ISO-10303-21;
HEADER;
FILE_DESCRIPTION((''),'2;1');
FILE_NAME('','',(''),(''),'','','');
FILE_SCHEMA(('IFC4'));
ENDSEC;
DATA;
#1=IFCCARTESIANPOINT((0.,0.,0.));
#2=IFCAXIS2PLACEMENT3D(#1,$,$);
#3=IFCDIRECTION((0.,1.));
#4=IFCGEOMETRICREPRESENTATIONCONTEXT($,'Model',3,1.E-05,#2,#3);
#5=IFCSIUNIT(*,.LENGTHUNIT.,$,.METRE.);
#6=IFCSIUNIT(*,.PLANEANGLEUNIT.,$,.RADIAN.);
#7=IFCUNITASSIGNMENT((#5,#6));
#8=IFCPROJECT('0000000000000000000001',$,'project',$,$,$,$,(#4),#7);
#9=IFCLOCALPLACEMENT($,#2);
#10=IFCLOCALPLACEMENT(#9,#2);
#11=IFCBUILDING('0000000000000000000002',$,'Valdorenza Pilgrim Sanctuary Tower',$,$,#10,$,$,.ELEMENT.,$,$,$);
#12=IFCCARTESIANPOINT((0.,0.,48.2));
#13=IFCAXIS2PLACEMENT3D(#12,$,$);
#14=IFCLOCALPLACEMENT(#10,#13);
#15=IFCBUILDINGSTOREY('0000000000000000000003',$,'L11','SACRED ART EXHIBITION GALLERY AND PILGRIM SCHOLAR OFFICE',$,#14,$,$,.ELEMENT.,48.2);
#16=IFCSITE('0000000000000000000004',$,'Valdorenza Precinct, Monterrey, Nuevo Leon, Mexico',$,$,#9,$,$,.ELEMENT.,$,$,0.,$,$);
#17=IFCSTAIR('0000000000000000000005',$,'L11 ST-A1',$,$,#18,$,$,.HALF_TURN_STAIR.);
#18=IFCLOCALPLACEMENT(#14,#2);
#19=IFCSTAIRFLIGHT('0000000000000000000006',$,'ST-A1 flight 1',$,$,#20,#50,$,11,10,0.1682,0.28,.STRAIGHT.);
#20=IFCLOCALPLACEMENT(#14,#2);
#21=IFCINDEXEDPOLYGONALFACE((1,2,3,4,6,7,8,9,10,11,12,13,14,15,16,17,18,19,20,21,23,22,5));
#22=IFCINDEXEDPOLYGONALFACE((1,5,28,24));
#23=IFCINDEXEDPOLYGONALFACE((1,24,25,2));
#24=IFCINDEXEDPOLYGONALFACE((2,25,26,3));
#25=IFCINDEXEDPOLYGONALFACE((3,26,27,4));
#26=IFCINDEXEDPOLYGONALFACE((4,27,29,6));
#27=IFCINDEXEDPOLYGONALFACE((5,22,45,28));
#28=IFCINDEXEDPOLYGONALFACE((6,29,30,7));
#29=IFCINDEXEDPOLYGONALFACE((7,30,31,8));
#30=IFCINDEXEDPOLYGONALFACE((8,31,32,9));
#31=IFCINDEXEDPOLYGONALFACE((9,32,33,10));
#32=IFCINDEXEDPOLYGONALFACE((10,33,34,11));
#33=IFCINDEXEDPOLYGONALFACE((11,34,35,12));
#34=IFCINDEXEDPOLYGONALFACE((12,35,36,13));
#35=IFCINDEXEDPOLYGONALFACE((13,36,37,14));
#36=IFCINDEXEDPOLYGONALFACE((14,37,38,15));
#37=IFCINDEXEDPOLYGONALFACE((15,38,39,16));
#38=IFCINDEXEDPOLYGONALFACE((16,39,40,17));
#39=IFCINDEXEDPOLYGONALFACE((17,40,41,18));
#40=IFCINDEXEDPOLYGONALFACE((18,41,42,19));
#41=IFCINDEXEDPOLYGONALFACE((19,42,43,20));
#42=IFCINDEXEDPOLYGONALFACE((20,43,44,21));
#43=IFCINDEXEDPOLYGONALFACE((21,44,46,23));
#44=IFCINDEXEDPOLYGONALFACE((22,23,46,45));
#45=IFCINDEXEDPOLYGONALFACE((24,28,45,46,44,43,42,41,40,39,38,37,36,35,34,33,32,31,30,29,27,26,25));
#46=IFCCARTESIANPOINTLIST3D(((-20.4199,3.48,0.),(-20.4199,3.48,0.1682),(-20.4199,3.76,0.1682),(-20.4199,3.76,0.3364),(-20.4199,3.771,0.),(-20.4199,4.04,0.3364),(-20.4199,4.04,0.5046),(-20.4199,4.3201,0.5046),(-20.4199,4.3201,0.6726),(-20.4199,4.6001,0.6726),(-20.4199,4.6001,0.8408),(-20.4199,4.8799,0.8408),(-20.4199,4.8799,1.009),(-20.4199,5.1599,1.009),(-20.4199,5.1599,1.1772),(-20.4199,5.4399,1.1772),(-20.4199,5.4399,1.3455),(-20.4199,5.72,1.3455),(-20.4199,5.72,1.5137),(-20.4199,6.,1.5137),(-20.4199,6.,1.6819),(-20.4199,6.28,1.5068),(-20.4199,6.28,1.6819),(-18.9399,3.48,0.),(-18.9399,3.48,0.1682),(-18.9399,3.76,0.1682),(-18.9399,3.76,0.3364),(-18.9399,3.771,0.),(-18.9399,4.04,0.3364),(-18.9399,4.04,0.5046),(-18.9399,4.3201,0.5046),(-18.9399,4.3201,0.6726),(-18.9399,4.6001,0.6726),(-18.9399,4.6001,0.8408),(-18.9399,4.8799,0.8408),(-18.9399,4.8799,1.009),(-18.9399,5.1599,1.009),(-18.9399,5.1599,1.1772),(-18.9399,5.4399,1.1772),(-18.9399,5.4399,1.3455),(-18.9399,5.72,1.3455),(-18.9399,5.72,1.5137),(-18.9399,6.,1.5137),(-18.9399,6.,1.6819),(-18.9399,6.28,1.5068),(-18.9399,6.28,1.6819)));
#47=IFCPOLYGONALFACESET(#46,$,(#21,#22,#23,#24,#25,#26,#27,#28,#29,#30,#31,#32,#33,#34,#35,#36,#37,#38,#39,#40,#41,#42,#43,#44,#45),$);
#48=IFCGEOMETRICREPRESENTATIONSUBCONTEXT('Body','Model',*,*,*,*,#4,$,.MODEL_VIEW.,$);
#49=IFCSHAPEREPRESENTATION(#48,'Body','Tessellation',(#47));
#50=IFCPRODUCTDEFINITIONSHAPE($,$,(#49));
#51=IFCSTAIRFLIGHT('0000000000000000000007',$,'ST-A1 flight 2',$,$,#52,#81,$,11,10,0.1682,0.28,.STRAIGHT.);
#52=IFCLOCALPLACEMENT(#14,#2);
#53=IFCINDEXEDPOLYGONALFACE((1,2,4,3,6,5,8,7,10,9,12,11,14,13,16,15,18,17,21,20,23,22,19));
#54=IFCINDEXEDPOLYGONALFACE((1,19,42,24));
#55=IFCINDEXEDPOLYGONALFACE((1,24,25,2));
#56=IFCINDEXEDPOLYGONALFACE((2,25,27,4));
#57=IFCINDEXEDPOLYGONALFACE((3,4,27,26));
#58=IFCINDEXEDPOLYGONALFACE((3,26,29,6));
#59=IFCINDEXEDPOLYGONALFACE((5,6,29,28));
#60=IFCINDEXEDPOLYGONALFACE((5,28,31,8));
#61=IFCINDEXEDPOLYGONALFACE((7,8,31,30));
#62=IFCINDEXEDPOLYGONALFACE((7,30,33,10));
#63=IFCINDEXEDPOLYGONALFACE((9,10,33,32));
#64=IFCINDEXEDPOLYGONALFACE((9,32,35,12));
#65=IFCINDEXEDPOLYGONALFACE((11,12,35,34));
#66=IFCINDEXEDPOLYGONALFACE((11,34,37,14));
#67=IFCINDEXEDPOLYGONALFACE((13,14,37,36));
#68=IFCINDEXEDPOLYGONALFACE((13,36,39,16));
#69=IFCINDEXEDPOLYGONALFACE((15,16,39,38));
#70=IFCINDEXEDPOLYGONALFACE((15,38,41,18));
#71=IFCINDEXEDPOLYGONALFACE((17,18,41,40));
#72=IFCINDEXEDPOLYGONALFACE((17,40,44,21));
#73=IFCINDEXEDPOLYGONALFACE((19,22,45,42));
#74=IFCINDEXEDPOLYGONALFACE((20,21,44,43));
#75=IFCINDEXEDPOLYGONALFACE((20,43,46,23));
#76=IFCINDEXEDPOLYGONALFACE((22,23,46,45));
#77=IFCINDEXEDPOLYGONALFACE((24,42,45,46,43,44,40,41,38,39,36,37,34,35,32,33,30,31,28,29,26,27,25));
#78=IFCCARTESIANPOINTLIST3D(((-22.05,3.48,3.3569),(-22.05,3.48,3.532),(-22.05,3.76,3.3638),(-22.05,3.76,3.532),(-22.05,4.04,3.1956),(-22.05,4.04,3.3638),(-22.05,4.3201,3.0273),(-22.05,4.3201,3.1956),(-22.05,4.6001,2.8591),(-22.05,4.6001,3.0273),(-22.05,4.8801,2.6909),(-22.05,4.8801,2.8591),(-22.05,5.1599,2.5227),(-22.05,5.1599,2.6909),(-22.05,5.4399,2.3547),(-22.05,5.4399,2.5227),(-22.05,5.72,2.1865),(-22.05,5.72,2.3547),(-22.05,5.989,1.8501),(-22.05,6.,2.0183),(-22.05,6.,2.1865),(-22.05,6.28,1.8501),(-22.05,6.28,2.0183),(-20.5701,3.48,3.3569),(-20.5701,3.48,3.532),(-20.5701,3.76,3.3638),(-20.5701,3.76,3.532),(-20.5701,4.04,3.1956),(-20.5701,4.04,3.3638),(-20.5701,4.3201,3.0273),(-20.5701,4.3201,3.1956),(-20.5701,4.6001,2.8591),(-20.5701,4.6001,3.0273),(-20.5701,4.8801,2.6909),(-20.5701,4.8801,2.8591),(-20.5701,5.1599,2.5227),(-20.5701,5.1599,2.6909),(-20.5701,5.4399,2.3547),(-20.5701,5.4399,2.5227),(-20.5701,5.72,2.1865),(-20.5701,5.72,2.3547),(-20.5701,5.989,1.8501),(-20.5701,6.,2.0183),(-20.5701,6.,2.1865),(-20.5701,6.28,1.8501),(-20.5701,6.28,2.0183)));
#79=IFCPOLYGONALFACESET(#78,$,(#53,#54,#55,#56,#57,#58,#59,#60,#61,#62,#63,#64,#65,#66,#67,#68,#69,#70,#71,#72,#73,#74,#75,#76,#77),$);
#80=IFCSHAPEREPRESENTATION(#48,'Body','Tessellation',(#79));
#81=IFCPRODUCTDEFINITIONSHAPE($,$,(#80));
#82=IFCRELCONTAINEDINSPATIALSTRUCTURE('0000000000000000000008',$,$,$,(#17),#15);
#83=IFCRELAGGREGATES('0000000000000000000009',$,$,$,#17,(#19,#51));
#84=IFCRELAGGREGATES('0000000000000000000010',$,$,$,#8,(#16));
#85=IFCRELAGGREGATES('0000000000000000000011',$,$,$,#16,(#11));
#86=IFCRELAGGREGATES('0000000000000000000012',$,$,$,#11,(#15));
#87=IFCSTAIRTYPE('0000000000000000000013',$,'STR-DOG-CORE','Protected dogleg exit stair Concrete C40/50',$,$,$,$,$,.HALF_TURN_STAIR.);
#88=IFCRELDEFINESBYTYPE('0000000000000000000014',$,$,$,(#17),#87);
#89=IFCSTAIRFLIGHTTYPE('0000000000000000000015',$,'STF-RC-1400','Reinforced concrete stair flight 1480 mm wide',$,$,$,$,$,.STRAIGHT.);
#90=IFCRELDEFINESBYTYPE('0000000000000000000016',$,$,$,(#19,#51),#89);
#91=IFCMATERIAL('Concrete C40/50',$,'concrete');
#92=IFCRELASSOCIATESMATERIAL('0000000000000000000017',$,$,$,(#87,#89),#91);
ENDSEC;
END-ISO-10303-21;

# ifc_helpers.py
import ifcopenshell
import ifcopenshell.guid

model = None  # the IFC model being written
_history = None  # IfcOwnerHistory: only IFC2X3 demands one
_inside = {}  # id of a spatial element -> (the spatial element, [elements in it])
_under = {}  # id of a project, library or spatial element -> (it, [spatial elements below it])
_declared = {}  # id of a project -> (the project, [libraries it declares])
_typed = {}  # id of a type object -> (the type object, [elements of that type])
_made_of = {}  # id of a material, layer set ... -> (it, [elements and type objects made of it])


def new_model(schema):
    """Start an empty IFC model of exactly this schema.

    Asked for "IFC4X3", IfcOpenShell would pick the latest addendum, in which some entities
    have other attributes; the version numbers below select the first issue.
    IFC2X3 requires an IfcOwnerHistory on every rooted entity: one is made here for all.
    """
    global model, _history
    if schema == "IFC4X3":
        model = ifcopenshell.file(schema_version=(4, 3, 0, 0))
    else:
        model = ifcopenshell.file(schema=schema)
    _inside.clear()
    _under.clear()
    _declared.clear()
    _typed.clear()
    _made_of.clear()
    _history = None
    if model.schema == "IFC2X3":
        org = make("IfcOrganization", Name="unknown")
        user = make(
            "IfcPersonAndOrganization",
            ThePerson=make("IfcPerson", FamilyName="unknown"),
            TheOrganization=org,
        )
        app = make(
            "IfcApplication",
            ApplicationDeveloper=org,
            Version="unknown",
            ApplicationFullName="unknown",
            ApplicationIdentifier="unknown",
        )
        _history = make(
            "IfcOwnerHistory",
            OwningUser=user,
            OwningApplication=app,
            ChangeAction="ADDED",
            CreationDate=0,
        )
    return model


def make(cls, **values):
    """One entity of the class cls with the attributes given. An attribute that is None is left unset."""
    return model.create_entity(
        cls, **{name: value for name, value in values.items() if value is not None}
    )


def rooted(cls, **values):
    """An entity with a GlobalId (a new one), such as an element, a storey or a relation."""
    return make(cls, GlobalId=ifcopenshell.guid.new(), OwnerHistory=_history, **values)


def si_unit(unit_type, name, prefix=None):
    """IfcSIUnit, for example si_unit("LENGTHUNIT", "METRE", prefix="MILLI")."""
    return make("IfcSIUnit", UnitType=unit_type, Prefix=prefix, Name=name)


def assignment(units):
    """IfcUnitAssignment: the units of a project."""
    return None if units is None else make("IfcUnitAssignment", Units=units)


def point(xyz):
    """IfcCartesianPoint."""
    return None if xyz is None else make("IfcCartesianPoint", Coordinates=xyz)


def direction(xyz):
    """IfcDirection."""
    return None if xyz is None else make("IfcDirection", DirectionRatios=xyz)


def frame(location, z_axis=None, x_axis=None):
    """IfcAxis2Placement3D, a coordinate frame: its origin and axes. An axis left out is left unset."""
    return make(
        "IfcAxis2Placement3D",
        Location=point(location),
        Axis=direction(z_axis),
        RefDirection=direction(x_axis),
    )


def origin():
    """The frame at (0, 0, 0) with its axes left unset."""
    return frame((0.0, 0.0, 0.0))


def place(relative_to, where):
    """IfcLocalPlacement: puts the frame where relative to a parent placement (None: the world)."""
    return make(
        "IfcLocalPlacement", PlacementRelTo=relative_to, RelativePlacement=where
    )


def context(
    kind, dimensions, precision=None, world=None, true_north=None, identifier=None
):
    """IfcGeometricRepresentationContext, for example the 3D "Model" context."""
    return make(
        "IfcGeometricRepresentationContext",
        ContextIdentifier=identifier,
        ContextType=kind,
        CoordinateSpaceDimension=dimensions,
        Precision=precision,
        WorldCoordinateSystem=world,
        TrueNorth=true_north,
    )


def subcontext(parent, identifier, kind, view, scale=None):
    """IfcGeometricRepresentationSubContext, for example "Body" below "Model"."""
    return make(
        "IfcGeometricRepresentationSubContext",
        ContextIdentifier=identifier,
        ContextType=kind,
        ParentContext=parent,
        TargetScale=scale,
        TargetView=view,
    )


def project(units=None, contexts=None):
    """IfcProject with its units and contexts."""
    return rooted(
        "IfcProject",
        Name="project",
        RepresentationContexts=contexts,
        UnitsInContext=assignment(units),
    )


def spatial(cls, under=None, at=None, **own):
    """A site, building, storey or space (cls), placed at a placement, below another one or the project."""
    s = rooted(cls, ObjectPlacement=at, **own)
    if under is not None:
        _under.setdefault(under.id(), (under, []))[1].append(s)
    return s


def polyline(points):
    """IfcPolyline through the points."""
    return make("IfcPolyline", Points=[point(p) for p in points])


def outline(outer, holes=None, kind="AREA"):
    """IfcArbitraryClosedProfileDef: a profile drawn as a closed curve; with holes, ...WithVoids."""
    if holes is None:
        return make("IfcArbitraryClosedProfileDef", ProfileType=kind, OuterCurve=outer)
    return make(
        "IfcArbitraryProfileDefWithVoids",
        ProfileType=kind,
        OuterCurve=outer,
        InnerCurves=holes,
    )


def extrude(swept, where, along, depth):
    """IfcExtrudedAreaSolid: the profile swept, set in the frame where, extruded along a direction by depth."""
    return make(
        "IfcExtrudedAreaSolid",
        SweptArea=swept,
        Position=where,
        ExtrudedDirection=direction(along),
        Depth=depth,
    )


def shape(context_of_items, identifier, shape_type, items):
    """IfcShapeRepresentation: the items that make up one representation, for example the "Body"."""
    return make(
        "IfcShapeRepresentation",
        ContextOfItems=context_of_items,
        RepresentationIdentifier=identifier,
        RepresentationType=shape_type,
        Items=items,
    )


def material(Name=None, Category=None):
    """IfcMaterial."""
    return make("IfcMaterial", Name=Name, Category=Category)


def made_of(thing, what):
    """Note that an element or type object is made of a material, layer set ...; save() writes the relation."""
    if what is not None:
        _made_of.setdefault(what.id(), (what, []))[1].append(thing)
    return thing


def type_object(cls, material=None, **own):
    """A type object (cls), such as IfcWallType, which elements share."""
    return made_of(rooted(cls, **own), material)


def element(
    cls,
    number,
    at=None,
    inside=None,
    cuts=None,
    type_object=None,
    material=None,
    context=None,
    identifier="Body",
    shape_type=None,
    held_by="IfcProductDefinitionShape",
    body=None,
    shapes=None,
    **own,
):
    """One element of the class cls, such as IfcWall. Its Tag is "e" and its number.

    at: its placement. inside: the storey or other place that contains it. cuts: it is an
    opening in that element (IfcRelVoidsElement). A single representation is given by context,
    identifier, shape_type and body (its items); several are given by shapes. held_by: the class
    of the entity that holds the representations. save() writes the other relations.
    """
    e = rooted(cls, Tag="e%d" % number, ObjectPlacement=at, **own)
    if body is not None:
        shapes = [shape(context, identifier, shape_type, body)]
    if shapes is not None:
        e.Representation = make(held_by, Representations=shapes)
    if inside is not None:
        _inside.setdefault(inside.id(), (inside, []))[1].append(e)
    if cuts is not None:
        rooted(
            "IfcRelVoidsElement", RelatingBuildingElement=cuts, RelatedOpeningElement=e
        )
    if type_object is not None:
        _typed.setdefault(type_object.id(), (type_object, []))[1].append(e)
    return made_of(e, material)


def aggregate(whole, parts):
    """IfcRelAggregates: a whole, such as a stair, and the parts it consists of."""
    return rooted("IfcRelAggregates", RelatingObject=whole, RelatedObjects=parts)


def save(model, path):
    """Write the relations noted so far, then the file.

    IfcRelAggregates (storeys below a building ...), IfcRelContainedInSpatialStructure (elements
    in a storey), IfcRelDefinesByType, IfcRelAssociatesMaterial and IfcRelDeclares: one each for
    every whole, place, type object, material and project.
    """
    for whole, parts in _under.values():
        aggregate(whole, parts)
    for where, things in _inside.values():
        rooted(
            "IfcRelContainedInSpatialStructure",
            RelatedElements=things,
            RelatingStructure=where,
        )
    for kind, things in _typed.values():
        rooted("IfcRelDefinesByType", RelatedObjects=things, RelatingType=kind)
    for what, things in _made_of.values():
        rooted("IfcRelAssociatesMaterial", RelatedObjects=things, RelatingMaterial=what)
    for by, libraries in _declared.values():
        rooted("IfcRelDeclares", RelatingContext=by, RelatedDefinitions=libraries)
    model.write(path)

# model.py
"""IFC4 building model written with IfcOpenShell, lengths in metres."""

from ifc_helpers import new_model, si_unit, direction, frame, origin, place, context, subcontext, project, spatial, polyline, outline, extrude, material, type_object, element, aggregate, save


model = new_model("IFC4")

# Units and contexts
model_context = context("Model", 3, precision=1e-05, world=origin(), true_north=direction((0.0, 1.0)))
body_context = subcontext(model_context, "Body", "Model", "MODEL_VIEW")
ifc_project = project(units=[si_unit("LENGTHUNIT", "METRE"), si_unit("PLANEANGLEUNIT", "RADIAN")], contexts=[model_context])

# Site, building, storey
site_placement = place(None, origin())
site = spatial("IfcSite", under=ifc_project, at=site_placement, Name="Valdorenza Precinct, Monterrey, Nuevo Leon, Mexico", CompositionType="ELEMENT", RefElevation=0.0)
building_placement = place(site_placement, origin())
building = spatial("IfcBuilding", under=site, at=building_placement, Name="Valdorenza Pilgrim Sanctuary Tower", CompositionType="ELEMENT")
storey_placement = place(building_placement, frame((0.0, 0.0, 48.2)))
storey = spatial("IfcBuildingStorey", under=building, at=storey_placement, Name="L11", Description="SACRED ART EXHIBITION GALLERY AND PILGRIM SCHOLAR OFFICE", CompositionType="ELEMENT", Elevation=48.2)

# Shared definitions
ifc_material_1 = material(Name="Concrete C40/50", Category="concrete")

# Stair, stair flights
stair_type = type_object("IfcStairType", Name="STR-DOG-CORE", Description="Protected dogleg exit stair Concrete C40/50", PredefinedType="HALF_TURN_STAIR", material=ifc_material_1)
stair_placement = place(storey_placement, origin())
stair = element("IfcStair", 1, at=stair_placement, inside=storey, type_object=stair_type, Name="L11 ST-A1", PredefinedType="HALF_TURN_STAIR")
stair_flight_type = type_object("IfcStairFlightType", Name="STF-RC-1400", Description="Reinforced concrete stair flight 1480 mm wide", PredefinedType="STRAIGHT", material=ifc_material_1)
stair_flight_1_placement = place(storey_placement, frame((-19.6799, 3.48, 0.0), z_axis=(0.0, 0.0, 1.0), x_axis=(0.0, 1.0, 0.0)))
stair_flight_1 = element("IfcStairFlight", 2, at=stair_flight_1_placement, type_object=stair_flight_type, Name="ST-A1 flight 1", NumberOfRisers=11, NumberOfTreads=10, PredefinedType="STRAIGHT", RiserHeight=0.1682, TreadLength=0.28, context=body_context, shape_type="SweptSolid", body=[
    extrude(outline(polyline([(0.0, 0.0), (0.0, 0.1682), (0.28, 0.1682), (0.28, 0.3364), (0.5601, 0.3364), (0.5601, 0.5046), (0.8401, 0.5046), (0.8401, 0.6726), (1.1201, 0.6726), (1.1201, 0.8408), (1.3999, 0.8408), (1.3999, 1.009), (1.6799, 1.009), (1.6799, 1.1772), (1.96, 1.1772), (1.96, 1.3455), (2.24, 1.3455), (2.24, 1.5137), (2.52, 1.5137), (2.52, 1.6819), (2.8, 1.6819), (2.8, 1.8501), (2.8, 1.5068), (0.291, 0.0), (0.0, 0.0)])), frame((0.0, 0.74, 0.0), z_axis=(0.0, -1.0, 0.0), x_axis=(1.0, 0.0, 0.0)), (0.0, 0.0, 1.0), 1.48),
])
stair_flight_2_placement = place(storey_placement, frame((-21.3101, 6.28, 1.8501), z_axis=(0.0, 0.0, 1.0), x_axis=(0.0, -1.0, 0.0)))
stair_flight_2 = element("IfcStairFlight", 3, at=stair_flight_2_placement, type_object=stair_flight_type, Name="ST-A1 flight 2", NumberOfRisers=11, NumberOfTreads=10, PredefinedType="STRAIGHT", RiserHeight=0.1682, TreadLength=0.28, context=body_context, shape_type="SweptSolid", body=[
    extrude(outline(polyline([(0.0, 0.0), (0.0, 0.1682), (0.28, 0.1682), (0.28, 0.3364), (0.5601, 0.3364), (0.5601, 0.5046), (0.8401, 0.5046), (0.8401, 0.6726), (1.1201, 0.6726), (1.1201, 0.8408), (1.3999, 0.8408), (1.3999, 1.009), (1.6799, 1.009), (1.6799, 1.1772), (1.96, 1.1772), (1.96, 1.3455), (2.24, 1.3455), (2.24, 1.5137), (2.52, 1.5137), (2.52, 1.6819), (2.8, 1.6819), (2.8, 1.8501), (2.8, 1.5068), (0.291, 0.0), (0.0, 0.0)])), frame((0.0, 0.74, 0.0), z_axis=(0.0, -1.0, 0.0), x_axis=(1.0, 0.0, 0.0)), (0.0, 0.0, 1.0), 1.48),
])
aggregate(stair, [stair_flight_1, stair_flight_2])

save(model, "model.ifc")
